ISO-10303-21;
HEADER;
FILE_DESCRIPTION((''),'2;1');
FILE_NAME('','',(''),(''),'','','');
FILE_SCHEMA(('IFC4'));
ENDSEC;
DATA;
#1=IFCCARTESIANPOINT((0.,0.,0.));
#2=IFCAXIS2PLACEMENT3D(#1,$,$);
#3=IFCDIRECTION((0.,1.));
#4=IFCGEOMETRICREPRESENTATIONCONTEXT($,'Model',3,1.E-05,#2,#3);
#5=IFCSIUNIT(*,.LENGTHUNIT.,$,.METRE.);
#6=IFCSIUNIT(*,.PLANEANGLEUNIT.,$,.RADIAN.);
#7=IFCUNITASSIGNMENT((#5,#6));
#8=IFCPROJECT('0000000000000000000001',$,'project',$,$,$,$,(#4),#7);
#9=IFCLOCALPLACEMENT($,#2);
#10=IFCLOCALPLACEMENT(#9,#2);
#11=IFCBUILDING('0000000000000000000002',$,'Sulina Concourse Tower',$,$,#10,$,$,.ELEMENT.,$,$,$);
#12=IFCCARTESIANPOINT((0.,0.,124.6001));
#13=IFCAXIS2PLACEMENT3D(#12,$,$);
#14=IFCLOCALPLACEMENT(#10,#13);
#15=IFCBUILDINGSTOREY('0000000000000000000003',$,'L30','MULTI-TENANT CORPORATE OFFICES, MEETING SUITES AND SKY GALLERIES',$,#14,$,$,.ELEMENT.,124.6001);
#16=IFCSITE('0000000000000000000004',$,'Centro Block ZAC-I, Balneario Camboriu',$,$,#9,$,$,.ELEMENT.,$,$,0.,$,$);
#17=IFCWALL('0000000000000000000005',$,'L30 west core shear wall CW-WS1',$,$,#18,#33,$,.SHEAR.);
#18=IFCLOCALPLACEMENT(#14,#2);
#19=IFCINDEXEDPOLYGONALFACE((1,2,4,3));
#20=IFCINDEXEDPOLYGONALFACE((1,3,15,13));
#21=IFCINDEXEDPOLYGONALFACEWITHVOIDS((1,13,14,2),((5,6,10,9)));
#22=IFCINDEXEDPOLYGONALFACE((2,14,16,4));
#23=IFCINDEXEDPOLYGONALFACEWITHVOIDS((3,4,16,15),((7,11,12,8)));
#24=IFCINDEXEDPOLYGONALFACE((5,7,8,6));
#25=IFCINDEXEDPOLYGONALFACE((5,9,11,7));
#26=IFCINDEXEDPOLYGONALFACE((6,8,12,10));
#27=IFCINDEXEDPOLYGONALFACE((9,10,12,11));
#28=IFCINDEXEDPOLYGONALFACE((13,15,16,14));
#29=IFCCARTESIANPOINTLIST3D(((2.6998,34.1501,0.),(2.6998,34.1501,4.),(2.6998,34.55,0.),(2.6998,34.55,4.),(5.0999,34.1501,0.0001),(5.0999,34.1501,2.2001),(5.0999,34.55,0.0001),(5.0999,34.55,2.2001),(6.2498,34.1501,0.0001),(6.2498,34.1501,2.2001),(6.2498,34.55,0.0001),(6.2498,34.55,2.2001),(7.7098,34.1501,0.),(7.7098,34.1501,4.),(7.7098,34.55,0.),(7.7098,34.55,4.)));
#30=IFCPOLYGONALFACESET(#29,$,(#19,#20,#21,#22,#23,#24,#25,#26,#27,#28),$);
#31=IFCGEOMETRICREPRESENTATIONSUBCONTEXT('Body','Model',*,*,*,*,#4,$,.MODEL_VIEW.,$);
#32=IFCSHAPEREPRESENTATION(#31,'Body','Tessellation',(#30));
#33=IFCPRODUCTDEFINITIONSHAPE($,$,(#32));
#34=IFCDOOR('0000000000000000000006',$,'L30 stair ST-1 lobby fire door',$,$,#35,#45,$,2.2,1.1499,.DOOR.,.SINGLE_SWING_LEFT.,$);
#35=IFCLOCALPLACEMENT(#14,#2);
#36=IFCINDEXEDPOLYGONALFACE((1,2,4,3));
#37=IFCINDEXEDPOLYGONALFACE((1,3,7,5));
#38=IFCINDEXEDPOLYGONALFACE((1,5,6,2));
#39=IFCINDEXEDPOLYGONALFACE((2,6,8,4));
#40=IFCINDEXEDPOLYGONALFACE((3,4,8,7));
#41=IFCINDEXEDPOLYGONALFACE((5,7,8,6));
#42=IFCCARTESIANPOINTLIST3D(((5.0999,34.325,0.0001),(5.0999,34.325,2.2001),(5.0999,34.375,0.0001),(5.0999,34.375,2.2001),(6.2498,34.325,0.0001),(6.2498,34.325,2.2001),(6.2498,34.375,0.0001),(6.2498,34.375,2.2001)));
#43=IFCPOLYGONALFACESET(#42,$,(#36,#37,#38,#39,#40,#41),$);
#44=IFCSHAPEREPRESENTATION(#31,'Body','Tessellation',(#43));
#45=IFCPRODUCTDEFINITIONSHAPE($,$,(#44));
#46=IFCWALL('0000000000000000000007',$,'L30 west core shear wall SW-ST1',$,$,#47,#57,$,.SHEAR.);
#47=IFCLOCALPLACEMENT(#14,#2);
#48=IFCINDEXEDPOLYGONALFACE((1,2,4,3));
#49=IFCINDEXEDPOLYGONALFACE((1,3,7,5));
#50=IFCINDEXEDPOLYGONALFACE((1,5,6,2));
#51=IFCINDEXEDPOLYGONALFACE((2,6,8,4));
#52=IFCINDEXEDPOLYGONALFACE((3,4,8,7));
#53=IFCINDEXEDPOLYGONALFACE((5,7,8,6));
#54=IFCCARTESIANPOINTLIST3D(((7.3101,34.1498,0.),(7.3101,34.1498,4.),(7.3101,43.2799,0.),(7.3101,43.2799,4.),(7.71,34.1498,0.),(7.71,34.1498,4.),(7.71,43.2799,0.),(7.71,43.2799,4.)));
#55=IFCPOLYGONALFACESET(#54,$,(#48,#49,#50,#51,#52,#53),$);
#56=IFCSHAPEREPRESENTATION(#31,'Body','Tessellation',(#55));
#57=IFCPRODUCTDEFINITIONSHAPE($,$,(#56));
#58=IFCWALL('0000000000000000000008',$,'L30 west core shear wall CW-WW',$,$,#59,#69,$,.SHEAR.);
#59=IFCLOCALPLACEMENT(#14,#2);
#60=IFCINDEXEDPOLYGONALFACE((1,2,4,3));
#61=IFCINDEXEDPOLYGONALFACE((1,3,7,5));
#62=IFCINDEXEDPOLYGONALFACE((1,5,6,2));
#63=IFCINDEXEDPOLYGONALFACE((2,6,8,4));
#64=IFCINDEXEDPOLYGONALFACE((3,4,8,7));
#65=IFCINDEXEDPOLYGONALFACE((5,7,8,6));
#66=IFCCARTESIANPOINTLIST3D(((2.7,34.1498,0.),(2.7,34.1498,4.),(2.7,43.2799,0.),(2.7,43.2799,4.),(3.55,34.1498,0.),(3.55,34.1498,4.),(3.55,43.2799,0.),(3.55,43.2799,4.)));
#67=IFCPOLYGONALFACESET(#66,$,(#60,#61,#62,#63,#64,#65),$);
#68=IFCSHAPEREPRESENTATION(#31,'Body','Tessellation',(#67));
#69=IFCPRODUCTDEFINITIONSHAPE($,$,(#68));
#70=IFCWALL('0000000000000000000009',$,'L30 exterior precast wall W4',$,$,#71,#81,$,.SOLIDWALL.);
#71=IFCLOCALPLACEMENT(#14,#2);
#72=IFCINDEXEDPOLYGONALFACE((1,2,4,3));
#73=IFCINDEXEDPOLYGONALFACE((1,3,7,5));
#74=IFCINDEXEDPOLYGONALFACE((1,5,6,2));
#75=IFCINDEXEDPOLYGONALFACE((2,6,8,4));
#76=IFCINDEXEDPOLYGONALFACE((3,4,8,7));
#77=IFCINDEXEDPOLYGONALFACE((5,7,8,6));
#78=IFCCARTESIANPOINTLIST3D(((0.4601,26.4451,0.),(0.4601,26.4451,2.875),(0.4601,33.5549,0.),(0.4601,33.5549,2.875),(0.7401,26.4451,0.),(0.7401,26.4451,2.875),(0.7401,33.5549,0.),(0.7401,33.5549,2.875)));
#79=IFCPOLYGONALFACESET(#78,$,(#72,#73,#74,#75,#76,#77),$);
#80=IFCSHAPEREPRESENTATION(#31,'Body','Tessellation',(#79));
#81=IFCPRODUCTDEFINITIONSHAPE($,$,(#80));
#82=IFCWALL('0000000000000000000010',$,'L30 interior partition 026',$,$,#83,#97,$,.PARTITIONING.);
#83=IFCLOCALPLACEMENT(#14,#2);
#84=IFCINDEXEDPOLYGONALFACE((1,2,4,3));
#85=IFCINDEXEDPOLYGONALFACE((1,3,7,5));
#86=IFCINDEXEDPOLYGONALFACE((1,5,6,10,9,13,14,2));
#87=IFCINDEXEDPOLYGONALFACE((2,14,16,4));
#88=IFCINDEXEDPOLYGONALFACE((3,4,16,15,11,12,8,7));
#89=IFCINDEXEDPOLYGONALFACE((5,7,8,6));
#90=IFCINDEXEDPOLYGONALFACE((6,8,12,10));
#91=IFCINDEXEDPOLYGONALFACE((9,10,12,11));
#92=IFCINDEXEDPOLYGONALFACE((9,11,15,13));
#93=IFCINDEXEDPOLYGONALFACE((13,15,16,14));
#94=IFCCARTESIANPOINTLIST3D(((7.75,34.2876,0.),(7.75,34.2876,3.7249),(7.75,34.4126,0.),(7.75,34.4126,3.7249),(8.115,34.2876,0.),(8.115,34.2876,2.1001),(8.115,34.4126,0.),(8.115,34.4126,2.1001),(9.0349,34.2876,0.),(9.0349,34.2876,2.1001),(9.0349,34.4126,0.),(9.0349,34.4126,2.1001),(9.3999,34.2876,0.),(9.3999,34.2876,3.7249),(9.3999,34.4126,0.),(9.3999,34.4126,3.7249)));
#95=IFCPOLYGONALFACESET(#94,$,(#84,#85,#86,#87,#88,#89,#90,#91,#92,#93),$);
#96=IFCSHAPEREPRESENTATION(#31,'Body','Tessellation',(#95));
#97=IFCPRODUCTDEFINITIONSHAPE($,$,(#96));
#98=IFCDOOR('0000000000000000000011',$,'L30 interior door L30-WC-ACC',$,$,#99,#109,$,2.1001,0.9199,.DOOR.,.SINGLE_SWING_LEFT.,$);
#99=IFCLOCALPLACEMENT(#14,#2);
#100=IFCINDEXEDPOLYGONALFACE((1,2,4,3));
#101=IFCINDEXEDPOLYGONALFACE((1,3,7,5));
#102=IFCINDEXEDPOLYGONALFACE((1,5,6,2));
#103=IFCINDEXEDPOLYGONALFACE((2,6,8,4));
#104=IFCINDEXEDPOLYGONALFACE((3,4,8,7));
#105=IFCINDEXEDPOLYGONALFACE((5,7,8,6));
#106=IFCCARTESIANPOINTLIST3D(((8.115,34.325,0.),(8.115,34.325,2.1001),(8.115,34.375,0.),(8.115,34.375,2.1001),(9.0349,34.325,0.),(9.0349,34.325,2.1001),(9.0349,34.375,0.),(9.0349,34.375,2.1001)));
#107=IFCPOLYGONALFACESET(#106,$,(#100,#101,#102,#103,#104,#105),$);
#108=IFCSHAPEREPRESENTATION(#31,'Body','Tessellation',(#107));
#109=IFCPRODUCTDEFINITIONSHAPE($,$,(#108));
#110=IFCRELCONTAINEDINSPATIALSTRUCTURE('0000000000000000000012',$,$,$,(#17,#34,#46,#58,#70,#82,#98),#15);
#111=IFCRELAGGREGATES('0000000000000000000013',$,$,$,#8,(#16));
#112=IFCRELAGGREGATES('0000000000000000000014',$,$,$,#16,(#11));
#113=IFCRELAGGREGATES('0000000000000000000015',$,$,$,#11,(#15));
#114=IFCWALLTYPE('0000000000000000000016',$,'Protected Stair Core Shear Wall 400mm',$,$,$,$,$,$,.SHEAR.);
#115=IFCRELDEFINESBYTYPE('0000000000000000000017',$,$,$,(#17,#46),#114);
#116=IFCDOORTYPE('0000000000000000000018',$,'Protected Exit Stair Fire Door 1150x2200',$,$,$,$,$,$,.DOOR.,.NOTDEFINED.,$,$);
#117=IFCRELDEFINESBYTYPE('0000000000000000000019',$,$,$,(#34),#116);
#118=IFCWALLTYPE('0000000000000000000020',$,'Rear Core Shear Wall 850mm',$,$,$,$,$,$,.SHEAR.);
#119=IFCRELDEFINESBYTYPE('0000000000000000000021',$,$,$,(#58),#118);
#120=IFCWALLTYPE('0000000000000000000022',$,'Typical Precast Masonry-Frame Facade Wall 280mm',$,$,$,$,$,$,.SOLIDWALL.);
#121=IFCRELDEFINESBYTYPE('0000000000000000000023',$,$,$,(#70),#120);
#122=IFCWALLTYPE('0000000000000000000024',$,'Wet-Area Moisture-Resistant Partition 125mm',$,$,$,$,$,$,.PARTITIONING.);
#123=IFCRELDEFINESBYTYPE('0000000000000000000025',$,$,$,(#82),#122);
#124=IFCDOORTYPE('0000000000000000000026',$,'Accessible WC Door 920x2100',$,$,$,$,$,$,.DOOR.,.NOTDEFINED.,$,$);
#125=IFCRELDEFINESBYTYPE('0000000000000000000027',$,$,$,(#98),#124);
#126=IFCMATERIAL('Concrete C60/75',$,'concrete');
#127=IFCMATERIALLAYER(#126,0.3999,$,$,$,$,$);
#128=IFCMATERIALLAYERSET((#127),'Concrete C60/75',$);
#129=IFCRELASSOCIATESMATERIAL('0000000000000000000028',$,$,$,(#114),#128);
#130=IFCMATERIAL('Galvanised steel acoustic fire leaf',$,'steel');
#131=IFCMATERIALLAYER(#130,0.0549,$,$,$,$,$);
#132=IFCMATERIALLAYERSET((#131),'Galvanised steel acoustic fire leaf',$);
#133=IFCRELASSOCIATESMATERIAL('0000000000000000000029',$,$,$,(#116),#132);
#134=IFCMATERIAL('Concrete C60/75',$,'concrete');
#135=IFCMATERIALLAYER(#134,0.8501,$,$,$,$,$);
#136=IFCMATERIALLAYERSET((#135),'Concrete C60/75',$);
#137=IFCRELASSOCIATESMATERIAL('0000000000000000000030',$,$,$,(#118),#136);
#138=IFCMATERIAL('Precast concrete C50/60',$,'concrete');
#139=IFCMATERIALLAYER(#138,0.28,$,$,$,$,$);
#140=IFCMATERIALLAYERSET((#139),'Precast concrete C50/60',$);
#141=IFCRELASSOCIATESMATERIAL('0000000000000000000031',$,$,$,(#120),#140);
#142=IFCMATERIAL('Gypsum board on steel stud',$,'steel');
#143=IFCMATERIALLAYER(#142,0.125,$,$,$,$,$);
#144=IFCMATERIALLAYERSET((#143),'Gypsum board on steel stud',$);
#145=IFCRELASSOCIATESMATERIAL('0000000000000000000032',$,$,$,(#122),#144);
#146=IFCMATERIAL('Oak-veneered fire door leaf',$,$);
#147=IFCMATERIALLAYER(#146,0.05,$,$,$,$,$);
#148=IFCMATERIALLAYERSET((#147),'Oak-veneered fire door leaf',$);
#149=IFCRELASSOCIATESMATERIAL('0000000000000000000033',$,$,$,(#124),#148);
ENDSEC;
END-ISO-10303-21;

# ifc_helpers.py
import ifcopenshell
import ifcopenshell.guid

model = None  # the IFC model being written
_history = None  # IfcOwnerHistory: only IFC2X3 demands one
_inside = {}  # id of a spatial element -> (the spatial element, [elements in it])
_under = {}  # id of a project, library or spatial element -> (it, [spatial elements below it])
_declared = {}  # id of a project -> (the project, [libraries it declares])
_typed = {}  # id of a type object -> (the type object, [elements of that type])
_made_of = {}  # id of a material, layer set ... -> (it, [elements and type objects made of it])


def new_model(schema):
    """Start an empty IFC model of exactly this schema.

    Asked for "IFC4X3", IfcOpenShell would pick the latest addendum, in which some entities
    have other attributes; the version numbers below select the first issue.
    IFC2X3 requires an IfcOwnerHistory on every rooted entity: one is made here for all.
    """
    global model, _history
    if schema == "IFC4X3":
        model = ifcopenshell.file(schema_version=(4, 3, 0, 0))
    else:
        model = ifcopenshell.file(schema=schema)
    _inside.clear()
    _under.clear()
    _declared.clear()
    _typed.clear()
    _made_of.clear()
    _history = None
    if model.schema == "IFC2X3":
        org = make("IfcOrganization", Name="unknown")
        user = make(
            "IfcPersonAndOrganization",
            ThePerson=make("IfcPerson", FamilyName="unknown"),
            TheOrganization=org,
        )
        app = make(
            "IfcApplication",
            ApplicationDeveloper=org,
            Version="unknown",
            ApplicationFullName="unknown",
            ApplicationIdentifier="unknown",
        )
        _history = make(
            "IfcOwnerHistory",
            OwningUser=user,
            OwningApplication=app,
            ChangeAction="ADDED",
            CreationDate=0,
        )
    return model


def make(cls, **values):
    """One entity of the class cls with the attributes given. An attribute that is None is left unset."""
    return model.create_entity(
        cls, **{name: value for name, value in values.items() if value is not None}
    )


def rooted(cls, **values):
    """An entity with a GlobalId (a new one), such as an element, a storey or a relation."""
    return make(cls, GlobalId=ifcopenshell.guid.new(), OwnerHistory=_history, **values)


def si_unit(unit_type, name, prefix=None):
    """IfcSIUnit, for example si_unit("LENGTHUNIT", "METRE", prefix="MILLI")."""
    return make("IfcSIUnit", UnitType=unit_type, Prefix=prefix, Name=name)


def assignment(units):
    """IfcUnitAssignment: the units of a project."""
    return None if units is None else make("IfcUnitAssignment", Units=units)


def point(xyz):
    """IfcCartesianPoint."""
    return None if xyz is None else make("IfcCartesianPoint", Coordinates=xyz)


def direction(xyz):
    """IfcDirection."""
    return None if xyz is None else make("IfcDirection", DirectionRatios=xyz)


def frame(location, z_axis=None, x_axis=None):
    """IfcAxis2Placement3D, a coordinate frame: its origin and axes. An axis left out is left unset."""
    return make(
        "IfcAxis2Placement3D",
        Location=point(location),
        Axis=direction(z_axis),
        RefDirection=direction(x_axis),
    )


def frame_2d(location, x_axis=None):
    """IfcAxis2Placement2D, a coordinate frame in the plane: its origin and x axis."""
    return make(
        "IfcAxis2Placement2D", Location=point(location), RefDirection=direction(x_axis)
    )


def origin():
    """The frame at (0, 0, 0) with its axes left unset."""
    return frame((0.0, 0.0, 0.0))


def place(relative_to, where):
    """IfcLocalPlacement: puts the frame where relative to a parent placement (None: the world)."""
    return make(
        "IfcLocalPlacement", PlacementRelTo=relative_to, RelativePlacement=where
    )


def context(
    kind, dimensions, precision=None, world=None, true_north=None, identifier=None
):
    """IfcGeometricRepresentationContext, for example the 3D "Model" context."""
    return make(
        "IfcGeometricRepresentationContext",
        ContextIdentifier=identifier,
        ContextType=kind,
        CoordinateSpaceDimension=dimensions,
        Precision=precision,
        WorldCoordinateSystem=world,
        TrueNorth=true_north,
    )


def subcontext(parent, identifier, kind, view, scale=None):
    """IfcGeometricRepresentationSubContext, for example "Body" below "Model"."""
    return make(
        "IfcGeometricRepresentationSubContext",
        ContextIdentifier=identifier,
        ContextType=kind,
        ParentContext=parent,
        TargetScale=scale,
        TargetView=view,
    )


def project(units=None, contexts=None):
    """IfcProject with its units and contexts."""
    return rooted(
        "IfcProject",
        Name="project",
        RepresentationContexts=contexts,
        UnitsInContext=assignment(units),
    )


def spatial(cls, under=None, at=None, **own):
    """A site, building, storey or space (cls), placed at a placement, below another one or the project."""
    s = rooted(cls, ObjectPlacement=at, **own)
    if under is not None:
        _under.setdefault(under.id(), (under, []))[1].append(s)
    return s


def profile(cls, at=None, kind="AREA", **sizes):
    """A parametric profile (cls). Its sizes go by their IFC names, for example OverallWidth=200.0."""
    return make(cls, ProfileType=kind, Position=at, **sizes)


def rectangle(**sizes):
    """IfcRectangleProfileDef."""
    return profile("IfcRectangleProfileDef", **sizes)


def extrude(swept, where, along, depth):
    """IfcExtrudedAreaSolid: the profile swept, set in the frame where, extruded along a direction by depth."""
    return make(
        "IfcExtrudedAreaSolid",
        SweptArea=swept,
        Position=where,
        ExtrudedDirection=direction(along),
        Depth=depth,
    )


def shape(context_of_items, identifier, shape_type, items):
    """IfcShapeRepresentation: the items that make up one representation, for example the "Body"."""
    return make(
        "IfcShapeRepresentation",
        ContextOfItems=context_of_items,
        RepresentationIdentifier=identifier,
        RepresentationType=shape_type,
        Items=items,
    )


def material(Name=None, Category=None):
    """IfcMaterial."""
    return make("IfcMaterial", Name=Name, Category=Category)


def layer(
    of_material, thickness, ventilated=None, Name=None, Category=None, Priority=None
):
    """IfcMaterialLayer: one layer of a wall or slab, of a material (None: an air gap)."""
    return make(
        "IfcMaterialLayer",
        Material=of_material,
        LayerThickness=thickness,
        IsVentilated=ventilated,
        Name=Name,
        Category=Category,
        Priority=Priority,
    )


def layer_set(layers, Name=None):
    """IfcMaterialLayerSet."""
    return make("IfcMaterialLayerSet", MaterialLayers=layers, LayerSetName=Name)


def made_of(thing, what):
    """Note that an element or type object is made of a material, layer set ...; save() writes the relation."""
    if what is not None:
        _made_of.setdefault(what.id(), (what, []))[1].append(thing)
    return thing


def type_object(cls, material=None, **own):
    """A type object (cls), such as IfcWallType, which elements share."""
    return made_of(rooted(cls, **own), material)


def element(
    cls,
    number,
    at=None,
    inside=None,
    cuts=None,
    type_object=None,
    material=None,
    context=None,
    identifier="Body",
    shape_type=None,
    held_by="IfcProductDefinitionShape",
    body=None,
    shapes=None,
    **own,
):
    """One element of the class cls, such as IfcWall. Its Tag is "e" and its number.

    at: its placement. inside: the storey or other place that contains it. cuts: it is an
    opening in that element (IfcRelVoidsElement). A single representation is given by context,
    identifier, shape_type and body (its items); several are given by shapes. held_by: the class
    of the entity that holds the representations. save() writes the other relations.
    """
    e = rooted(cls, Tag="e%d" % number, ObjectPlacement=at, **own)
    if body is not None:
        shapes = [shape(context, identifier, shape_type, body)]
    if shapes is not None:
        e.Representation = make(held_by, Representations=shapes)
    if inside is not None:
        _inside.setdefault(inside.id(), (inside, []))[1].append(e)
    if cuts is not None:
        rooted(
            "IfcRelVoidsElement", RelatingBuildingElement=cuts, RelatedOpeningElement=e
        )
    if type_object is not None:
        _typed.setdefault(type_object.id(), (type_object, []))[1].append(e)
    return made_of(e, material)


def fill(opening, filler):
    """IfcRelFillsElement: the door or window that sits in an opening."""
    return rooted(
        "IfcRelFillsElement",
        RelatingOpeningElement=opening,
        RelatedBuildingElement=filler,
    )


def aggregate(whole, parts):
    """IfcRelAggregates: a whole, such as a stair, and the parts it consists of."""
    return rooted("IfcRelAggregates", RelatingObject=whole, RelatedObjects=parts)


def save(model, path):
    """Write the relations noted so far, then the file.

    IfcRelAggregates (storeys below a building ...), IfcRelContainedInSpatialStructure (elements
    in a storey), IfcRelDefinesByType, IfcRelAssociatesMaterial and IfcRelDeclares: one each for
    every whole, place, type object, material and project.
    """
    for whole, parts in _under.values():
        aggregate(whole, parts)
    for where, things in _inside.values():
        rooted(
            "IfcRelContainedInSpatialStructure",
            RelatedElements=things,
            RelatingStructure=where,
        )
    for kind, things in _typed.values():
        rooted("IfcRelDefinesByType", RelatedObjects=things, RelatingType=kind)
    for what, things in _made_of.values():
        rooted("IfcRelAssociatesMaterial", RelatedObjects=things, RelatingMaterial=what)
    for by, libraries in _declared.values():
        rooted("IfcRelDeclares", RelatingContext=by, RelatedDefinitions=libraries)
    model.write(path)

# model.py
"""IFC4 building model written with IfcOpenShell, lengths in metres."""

from ifc_helpers import new_model, si_unit, direction, frame, frame_2d, origin, place, context, subcontext, project, spatial, rectangle, extrude, material, layer, layer_set, type_object, element, fill, save


model = new_model("IFC4")

# Units and contexts
model_context = context("Model", 3, precision=1e-05, world=origin(), true_north=direction((0.0, 1.0)))
body_context = subcontext(model_context, "Body", "Model", "MODEL_VIEW")
ifc_project = project(units=[si_unit("LENGTHUNIT", "METRE"), si_unit("PLANEANGLEUNIT", "RADIAN")], contexts=[model_context])

# Site, building, storey
site_placement = place(None, origin())
site = spatial("IfcSite", under=ifc_project, at=site_placement, Name="Centro Block ZAC-I, Balneario Camboriu", CompositionType="ELEMENT", RefElevation=0.0)
building_placement = place(site_placement, origin())
building = spatial("IfcBuilding", under=site, at=building_placement, Name="Sulina Concourse Tower", CompositionType="ELEMENT")
storey_placement = place(building_placement, frame((0.0, 0.0, 124.6001)))
storey = spatial("IfcBuildingStorey", under=building, at=storey_placement, Name="L30", Description="MULTI-TENANT CORPORATE OFFICES, MEETING SUITES AND SKY GALLERIES", CompositionType="ELEMENT", Elevation=124.6001)

# Wall, opening, door
ifc_material_1 = material(Name="Concrete C60/75", Category="concrete")
ifc_layer_1 = layer(ifc_material_1, 0.3999)
ifc_layer_set_1 = layer_set([ifc_layer_1], Name="Concrete C60/75")
wall_type_1 = type_object("IfcWallType", Name="Protected Stair Core Shear Wall 400mm", PredefinedType="SHEAR", material=ifc_layer_set_1)
wall_1_placement = place(storey_placement, frame((2.7, 34.3501, 0.0), z_axis=(0.0, 0.0, 1.0), x_axis=(1.0, 0.0, 0.0)))
wall_1 = element("IfcWall", 1, at=wall_1_placement, inside=storey, type_object=wall_type_1, Name="L30 west core shear wall CW-WS1", PredefinedType="SHEAR", context=body_context, shape_type="SweptSolid", body=[
    extrude(rectangle(XDim=5.01, YDim=0.3999, at=frame_2d((2.5049, 0.0))), origin(), (0.0, 0.0, 1.0), 4.0),
])
opening_1_placement = place(wall_1_placement, frame((2.3999, 0.0, 0.0)))
opening_1 = element("IfcOpeningElement", 2, at=opening_1_placement, cuts=wall_1, PredefinedType="OPENING", context=body_context, shape_type="SweptSolid", body=[
    extrude(rectangle(XDim=1.1499, YDim=2.2, at=frame_2d((0.575, 1.1001))), frame((0.0, 0.21, 0.0), z_axis=(0.0, -1.0, 0.0), x_axis=(1.0, 0.0, 0.0)), (0.0, 0.0, 1.0), 0.4199),
])
ifc_material_2 = material(Name="Galvanised steel acoustic fire leaf", Category="steel")
ifc_layer_2 = layer(ifc_material_2, 0.0549)
ifc_layer_set_2 = layer_set([ifc_layer_2], Name="Galvanised steel acoustic fire leaf")
door_type_1 = type_object("IfcDoorType", Name="Protected Exit Stair Fire Door 1150x2200", OperationType="NOTDEFINED", PredefinedType="DOOR", material=ifc_layer_set_2)
door_1_placement = place(opening_1_placement, origin())
door_1 = element("IfcDoor", 3, at=door_1_placement, inside=storey, type_object=door_type_1, Name="L30 stair ST-1 lobby fire door", OperationType="SINGLE_SWING_LEFT", OverallHeight=2.2, OverallWidth=1.1499, PredefinedType="DOOR", context=body_context, shape_type="SweptSolid", body=[
    extrude(rectangle(XDim=1.1499, YDim=2.2, at=frame_2d((0.575, 1.1001))), frame((0.0, 0.0249, 0.0), z_axis=(0.0, -1.0, 0.0), x_axis=(1.0, 0.0, 0.0)), (0.0, 0.0, 1.0), 0.05),
])
fill(opening_1, door_1)

# Walls
wall_2_placement = place(storey_placement, frame((7.51, 34.1499, 0.0), z_axis=(0.0, 0.0, 1.0), x_axis=(0.0, 1.0, 0.0)))
element("IfcWall", 4, at=wall_2_placement, inside=storey, type_object=wall_type_1, Name="L30 west core shear wall SW-ST1", PredefinedType="SHEAR", context=body_context, shape_type="SweptSolid", body=[
    extrude(rectangle(XDim=9.1301, YDim=0.3999, at=frame_2d((4.5649, 0.0))), origin(), (0.0, 0.0, 1.0), 4.0),
])
ifc_material_3 = material(Name="Concrete C60/75", Category="concrete")
ifc_layer_3 = layer(ifc_material_3, 0.8501)
ifc_layer_set_3 = layer_set([ifc_layer_3], Name="Concrete C60/75")
wall_type_2 = type_object("IfcWallType", Name="Rear Core Shear Wall 850mm", PredefinedType="SHEAR", material=ifc_layer_set_3)
wall_3_placement = place(storey_placement, frame((3.125, 34.1499, 0.0), z_axis=(0.0, 0.0, 1.0), x_axis=(0.0, 1.0, 0.0)))
element("IfcWall", 5, at=wall_3_placement, inside=storey, type_object=wall_type_2, Name="L30 west core shear wall CW-WW", PredefinedType="SHEAR", context=body_context, shape_type="SweptSolid", body=[
    extrude(rectangle(XDim=9.1301, YDim=0.8501, at=frame_2d((4.5649, 0.0))), origin(), (0.0, 0.0, 1.0), 4.0),
])
ifc_material_4 = material(Name="Precast concrete C50/60", Category="concrete")
ifc_layer_4 = layer(ifc_material_4, 0.28)
ifc_layer_set_4 = layer_set([ifc_layer_4], Name="Precast concrete C50/60")
wall_type_3 = type_object("IfcWallType", Name="Typical Precast Masonry-Frame Facade Wall 280mm", PredefinedType="SOLIDWALL", material=ifc_layer_set_4)
wall_4_placement = place(storey_placement, frame((0.6001, 26.4451, 0.0), z_axis=(0.0, 0.0, 1.0), x_axis=(0.0, 1.0, 0.0)))
element("IfcWall", 6, at=wall_4_placement, inside=storey, type_object=wall_type_3, Name="L30 exterior precast wall W4", PredefinedType="SOLIDWALL", context=body_context, shape_type="SweptSolid", body=[
    extrude(rectangle(XDim=7.1099, YDim=0.28, at=frame_2d((3.5549, 0.0))), origin(), (0.0, 0.0, 1.0), 2.875),
])

# Wall, opening, door
ifc_material_5 = material(Name="Gypsum board on steel stud", Category="steel")
ifc_layer_5 = layer(ifc_material_5, 0.125)
ifc_layer_set_5 = layer_set([ifc_layer_5], Name="Gypsum board on steel stud")
wall_type_4 = type_object("IfcWallType", Name="Wet-Area Moisture-Resistant Partition 125mm", PredefinedType="PARTITIONING", material=ifc_layer_set_5)
wall_5_placement = place(storey_placement, frame((7.75, 34.3501, 0.0), z_axis=(0.0, 0.0, 1.0), x_axis=(1.0, 0.0, 0.0)))
wall_5 = element("IfcWall", 7, at=wall_5_placement, inside=storey, type_object=wall_type_4, Name="L30 interior partition 026", PredefinedType="PARTITIONING", context=body_context, shape_type="SweptSolid", body=[
    extrude(rectangle(XDim=1.6499, YDim=0.125, at=frame_2d((0.825, 0.0))), origin(), (0.0, 0.0, 1.0), 3.7249),
])
opening_2_placement = place(wall_5_placement, frame((0.365, 0.0, 0.0)))
opening_2 = element("IfcOpeningElement", 8, at=opening_2_placement, cuts=wall_5, PredefinedType="OPENING", context=body_context, shape_type="SweptSolid", body=[
    extrude(rectangle(XDim=0.9199, YDim=2.1001, at=frame_2d((0.46, 1.05))), frame((0.0, 0.0725, 0.0), z_axis=(0.0, -1.0, 0.0), x_axis=(1.0, 0.0, 0.0)), (0.0, 0.0, 1.0), 0.145),
])
ifc_material_6 = material(Name="Oak-veneered fire door leaf")
ifc_layer_6 = layer(ifc_material_6, 0.05)
ifc_layer_set_6 = layer_set([ifc_layer_6], Name="Oak-veneered fire door leaf")
door_type_2 = type_object("IfcDoorType", Name="Accessible WC Door 920x2100", OperationType="NOTDEFINED", PredefinedType="DOOR", material=ifc_layer_set_6)
door_2_placement = place(opening_2_placement, origin())
door_2 = element("IfcDoor", 9, at=door_2_placement, inside=storey, type_object=door_type_2, Name="L30 interior door L30-WC-ACC", OperationType="SINGLE_SWING_LEFT", OverallHeight=2.1001, OverallWidth=0.9199, PredefinedType="DOOR", context=body_context, shape_type="SweptSolid", body=[
    extrude(rectangle(XDim=0.9199, YDim=2.1001, at=frame_2d((0.46, 1.05))), frame((0.0, 0.0249, 0.0), z_axis=(0.0, -1.0, 0.0), x_axis=(1.0, 0.0, 0.0)), (0.0, 0.0, 1.0), 0.05),
])
fill(opening_2, door_2)

save(model, "model.ifc")
